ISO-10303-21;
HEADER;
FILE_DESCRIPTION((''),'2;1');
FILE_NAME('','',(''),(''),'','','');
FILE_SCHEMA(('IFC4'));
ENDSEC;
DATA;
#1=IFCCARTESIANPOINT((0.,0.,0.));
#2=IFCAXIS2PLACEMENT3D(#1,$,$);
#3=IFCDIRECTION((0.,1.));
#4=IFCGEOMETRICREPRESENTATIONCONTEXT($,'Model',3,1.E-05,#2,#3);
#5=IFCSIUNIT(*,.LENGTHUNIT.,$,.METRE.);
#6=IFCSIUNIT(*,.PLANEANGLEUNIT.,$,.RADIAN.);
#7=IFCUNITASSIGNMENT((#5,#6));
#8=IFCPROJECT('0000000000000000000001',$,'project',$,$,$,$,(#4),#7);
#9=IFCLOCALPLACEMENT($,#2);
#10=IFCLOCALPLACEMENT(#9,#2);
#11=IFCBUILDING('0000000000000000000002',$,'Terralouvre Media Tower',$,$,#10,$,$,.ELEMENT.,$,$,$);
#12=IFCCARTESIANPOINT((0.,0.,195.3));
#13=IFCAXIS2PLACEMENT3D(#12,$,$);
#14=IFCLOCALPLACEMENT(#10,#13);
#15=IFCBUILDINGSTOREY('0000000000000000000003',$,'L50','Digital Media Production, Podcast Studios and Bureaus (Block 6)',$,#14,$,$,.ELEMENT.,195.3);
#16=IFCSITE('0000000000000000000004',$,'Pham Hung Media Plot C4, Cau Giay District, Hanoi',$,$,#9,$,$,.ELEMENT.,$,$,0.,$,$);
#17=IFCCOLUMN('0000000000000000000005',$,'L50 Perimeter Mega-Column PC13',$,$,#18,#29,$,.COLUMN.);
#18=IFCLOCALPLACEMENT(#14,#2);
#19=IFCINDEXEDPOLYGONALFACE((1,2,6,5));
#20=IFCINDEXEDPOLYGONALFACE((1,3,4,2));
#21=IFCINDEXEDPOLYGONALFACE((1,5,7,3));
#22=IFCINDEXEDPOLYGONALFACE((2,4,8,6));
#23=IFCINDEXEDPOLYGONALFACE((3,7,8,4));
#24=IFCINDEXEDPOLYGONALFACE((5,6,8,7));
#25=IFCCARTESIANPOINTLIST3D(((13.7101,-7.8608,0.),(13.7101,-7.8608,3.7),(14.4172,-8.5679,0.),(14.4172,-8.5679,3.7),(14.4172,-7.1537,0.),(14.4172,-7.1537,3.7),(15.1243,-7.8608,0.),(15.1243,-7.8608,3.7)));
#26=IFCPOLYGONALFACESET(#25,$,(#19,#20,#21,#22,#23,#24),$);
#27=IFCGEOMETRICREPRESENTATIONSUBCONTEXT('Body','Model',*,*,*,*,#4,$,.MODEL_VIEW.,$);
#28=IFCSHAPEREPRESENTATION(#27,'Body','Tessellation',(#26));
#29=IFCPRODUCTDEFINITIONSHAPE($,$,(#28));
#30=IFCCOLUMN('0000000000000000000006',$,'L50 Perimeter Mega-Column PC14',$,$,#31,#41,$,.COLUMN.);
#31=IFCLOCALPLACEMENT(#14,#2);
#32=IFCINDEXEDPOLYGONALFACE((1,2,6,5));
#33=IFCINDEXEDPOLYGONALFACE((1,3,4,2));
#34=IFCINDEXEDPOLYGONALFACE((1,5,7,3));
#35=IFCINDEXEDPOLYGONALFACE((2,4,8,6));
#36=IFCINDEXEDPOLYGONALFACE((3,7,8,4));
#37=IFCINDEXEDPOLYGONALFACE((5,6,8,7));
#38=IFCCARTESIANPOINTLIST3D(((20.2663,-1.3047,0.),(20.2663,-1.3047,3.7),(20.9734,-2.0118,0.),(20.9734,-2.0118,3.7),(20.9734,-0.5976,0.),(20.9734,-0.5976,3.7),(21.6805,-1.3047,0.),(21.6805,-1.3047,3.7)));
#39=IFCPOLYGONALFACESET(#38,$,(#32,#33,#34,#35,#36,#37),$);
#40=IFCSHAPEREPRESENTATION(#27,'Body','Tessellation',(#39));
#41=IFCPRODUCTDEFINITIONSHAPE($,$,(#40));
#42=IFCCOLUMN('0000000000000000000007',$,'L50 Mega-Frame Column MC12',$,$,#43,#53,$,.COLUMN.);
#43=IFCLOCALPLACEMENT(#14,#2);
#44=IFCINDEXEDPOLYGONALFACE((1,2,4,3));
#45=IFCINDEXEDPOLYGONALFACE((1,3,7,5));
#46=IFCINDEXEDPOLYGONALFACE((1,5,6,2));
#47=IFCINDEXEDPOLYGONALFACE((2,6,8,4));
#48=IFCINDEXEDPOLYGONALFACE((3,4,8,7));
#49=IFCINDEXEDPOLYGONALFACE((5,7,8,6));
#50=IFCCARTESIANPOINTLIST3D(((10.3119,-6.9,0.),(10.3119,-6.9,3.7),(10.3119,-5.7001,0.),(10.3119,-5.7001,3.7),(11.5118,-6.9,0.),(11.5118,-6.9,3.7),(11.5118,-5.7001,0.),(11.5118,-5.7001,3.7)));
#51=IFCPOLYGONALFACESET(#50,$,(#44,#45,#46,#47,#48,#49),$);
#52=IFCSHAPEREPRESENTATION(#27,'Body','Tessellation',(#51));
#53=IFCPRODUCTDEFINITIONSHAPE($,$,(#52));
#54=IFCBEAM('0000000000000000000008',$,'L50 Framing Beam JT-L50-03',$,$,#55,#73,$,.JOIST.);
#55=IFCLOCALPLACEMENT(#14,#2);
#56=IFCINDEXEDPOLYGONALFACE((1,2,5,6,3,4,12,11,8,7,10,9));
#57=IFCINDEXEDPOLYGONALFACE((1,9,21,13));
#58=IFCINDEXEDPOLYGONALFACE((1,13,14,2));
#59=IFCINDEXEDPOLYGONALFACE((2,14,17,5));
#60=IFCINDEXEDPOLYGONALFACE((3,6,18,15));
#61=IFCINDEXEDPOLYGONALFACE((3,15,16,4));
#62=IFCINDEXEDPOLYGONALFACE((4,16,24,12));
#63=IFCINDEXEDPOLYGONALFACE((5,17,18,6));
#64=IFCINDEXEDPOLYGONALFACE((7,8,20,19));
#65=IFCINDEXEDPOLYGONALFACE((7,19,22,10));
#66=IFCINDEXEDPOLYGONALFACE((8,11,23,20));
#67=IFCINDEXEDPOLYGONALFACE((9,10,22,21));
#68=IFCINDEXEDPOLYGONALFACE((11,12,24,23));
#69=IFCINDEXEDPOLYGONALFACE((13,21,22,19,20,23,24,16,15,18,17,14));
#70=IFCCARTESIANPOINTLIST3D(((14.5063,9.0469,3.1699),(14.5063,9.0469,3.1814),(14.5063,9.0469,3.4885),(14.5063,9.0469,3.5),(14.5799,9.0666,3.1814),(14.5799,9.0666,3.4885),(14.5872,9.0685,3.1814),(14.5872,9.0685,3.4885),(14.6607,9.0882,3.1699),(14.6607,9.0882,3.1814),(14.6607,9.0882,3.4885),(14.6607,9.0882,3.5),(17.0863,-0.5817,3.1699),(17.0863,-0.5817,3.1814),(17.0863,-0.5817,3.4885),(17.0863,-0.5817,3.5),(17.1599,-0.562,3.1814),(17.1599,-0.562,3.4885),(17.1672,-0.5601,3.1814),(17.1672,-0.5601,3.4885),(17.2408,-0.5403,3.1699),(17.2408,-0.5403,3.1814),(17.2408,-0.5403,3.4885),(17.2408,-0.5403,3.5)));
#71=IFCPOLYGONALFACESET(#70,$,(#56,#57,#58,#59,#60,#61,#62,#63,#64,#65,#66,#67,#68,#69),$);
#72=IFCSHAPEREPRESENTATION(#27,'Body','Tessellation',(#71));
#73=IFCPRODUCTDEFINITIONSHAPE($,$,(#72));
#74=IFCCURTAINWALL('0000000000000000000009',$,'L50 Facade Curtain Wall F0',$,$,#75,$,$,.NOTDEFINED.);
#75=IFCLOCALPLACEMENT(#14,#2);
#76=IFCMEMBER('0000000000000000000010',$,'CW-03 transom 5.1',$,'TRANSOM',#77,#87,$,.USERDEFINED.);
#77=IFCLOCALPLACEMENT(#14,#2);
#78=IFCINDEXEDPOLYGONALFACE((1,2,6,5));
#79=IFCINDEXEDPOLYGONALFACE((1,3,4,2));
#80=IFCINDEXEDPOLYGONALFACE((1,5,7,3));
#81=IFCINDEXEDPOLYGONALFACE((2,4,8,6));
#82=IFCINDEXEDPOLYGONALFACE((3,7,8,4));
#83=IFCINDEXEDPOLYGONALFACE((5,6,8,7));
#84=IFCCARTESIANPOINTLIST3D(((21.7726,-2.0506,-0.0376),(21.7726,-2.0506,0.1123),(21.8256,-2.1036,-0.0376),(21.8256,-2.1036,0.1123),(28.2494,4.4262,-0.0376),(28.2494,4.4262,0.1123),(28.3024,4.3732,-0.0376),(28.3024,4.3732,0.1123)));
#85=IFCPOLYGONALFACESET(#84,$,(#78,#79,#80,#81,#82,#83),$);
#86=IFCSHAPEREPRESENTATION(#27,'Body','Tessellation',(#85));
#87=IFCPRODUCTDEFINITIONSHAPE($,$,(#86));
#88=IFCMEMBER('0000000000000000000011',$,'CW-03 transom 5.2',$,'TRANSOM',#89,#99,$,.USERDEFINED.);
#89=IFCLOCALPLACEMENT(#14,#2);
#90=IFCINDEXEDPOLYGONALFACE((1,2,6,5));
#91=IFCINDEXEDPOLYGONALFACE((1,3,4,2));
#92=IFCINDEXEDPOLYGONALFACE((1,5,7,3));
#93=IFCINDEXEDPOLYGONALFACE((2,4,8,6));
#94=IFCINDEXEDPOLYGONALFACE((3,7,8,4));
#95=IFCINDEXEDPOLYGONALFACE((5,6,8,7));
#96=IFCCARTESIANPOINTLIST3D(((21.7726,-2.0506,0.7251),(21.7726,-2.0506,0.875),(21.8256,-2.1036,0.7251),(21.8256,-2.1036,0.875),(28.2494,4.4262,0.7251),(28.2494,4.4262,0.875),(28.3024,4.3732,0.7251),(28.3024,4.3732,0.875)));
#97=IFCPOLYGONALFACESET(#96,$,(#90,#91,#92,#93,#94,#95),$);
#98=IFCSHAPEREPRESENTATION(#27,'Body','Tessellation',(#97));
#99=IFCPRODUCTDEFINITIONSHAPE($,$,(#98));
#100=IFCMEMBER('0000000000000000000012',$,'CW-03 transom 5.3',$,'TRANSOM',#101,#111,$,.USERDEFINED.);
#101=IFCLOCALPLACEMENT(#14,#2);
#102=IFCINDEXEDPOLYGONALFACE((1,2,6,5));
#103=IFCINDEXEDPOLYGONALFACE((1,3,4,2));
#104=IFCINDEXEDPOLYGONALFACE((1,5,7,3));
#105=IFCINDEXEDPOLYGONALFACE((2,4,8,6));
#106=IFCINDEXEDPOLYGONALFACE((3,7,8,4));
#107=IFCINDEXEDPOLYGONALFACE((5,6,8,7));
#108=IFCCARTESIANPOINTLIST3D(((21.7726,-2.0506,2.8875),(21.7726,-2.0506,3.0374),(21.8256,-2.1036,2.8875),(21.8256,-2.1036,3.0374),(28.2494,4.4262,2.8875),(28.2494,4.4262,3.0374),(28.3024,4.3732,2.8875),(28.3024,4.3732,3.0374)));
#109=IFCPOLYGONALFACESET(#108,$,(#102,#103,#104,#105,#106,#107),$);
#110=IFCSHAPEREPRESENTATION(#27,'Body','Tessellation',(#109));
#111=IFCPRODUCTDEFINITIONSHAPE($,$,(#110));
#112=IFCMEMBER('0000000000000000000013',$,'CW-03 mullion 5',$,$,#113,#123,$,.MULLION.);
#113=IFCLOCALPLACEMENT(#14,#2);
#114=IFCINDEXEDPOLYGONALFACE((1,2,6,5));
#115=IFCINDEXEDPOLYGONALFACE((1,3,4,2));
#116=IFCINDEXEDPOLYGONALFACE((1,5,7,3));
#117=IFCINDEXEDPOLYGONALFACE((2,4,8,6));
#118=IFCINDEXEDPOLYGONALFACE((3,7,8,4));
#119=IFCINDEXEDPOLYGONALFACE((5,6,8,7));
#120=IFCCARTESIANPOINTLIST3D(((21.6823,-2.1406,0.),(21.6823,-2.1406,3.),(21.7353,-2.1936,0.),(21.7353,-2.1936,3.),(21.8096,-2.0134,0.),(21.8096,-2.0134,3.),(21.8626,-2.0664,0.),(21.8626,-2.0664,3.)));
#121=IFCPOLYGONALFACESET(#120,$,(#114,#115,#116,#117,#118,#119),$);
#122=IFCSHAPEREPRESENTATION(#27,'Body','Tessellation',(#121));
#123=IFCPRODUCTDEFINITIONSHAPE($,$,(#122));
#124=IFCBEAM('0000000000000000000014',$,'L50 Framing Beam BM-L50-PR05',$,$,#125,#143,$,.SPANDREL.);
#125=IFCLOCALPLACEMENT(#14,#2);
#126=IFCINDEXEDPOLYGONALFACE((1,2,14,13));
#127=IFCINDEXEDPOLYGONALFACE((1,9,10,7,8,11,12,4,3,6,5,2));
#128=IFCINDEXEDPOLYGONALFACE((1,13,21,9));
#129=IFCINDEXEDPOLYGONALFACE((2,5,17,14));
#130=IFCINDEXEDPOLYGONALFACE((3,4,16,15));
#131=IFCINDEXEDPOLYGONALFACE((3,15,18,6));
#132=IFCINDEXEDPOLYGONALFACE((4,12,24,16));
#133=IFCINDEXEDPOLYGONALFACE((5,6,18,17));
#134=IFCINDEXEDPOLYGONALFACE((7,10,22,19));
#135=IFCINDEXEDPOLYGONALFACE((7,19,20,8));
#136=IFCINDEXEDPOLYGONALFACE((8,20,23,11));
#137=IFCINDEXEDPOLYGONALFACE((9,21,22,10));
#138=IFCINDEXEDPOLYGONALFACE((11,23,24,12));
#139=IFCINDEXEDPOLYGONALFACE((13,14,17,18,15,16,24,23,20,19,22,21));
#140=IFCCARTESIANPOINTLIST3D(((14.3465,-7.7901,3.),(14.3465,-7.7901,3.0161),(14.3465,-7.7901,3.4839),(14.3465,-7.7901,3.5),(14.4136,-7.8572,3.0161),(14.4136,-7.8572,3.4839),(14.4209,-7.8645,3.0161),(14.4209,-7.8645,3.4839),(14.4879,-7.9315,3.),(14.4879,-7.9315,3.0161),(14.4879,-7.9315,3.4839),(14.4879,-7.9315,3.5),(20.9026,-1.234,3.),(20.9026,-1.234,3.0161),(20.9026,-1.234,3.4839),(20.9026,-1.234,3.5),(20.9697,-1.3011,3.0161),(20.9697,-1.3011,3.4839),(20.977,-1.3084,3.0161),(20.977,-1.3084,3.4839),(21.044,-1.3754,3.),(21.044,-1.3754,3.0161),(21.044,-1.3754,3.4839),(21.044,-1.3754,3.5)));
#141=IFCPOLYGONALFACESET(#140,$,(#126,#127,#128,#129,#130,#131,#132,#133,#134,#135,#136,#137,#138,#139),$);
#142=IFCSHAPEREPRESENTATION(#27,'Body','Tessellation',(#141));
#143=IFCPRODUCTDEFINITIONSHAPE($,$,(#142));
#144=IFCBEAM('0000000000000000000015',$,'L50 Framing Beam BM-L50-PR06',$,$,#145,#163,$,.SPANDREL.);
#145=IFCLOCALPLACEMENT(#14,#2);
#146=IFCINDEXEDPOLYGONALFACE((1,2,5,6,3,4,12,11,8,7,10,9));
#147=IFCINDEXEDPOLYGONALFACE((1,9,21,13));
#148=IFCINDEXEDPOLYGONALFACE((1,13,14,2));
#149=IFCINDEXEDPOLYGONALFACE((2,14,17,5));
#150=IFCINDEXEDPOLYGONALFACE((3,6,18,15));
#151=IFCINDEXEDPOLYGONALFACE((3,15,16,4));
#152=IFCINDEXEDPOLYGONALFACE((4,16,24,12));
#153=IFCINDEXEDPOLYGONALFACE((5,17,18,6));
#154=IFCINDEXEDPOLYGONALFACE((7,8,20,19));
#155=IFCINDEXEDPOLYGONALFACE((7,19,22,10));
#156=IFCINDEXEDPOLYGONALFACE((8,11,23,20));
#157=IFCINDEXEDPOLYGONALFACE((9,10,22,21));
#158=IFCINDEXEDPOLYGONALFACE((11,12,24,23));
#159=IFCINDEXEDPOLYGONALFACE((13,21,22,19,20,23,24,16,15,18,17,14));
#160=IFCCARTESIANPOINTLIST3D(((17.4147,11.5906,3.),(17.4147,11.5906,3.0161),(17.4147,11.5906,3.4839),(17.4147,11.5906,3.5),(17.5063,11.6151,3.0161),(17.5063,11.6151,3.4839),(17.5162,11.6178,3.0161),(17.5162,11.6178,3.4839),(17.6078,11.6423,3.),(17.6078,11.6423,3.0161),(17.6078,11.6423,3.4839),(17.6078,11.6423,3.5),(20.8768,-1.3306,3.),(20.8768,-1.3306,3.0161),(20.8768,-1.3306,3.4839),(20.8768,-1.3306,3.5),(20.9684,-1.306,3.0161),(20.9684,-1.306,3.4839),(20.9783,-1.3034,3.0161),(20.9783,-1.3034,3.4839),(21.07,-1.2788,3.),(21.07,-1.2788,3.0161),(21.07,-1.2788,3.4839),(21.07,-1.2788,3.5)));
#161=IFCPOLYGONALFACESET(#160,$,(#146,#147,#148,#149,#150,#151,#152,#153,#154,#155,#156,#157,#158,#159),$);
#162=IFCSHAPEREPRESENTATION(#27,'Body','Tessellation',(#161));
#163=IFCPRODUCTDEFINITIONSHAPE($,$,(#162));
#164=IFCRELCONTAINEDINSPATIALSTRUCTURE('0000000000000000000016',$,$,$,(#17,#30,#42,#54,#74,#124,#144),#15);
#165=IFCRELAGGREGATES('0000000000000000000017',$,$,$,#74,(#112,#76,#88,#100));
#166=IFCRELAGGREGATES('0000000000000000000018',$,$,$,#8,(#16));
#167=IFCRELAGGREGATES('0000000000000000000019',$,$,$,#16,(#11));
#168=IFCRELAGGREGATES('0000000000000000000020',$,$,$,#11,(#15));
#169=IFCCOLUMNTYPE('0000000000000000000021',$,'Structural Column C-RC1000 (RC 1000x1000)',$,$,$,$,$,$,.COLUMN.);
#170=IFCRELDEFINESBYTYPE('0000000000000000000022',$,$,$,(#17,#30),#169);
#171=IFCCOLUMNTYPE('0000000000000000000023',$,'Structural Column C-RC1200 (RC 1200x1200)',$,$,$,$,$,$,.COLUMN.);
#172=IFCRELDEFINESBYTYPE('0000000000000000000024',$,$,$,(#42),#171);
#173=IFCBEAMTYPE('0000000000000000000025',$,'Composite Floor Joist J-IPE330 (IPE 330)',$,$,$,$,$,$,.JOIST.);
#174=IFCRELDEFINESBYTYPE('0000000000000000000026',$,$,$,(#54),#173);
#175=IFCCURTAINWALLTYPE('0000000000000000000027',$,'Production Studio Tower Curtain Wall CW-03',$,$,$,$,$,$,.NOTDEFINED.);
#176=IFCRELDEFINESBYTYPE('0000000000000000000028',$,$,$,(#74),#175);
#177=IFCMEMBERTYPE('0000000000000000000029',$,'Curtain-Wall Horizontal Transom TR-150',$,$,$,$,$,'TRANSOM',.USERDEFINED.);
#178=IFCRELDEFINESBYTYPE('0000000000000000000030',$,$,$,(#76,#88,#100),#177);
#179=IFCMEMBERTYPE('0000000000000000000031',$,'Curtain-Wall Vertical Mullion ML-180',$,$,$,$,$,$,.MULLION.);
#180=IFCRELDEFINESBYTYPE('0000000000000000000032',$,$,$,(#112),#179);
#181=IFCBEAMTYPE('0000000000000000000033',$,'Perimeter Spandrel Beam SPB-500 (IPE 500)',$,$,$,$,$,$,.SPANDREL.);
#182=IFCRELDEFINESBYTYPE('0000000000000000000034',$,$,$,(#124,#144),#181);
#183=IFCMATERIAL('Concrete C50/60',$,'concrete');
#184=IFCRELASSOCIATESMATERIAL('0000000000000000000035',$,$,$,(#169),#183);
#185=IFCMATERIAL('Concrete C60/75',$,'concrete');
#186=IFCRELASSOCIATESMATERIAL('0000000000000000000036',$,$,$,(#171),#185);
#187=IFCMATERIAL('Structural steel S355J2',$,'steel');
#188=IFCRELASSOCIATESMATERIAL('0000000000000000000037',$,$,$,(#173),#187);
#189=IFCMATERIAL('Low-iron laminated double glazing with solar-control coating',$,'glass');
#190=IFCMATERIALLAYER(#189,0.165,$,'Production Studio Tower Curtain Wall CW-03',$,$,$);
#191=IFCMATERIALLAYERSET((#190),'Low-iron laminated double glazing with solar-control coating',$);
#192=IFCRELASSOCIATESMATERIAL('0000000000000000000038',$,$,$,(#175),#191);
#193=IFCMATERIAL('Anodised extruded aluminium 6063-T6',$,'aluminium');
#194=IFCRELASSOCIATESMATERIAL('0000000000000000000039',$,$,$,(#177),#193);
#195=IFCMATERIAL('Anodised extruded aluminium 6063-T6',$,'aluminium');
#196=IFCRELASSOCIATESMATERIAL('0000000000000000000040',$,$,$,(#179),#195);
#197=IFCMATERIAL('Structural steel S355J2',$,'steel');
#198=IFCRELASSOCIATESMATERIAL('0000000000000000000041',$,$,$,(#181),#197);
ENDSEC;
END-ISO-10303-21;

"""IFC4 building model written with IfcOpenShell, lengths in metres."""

from ifc_helpers import new_model, si_unit, direction, frame, origin, origin_2d, place, context, subcontext, project, spatial, rectangle, i_section, extrude, material, layer, layer_set, material_profile, profile_set, type_object, element, aggregate, save


model = new_model("IFC4")

# Units and contexts
model_context = context("Model", 3, precision=1e-05, world=origin(), true_north=direction((0.0, 1.0)))
body_context = subcontext(model_context, "Body", "Model", "MODEL_VIEW")
ifc_project = project(units=[si_unit("LENGTHUNIT", "METRE"), si_unit("PLANEANGLEUNIT", "RADIAN")], contexts=[model_context])

# Site, building, storey
site_placement = place(None, origin())
site = spatial("IfcSite", under=ifc_project, at=site_placement, Name="Pham Hung Media Plot C4, Cau Giay District, Hanoi", CompositionType="ELEMENT", RefElevation=0.0)
building_placement = place(site_placement, origin())
building = spatial("IfcBuilding", under=site, at=building_placement, Name="Terralouvre Media Tower", CompositionType="ELEMENT")
storey_placement = place(building_placement, frame((0.0, 0.0, 195.3)))
storey = spatial("IfcBuildingStorey", under=building, at=storey_placement, Name="L50", Description="Digital Media Production, Podcast Studios and Bureaus (Block 6)", CompositionType="ELEMENT", Elevation=195.3)

# Columns
ifc_material_1 = material(Name="Concrete C50/60", Category="concrete")
ifc_material_profile_1 = material_profile(ifc_material_1, rectangle(XDim=1.0, YDim=1.0, at=origin_2d()), Name="RC 1000x1000")
ifc_profile_set_1 = profile_set([ifc_material_profile_1], Name="Concrete C50/60")
column_type_1 = type_object("IfcColumnType", Name="Structural Column C-RC1000 (RC 1000x1000)", PredefinedType="COLUMN", material=ifc_profile_set_1)
for number, where, z_axis, x_axis, name in (
    (1, (14.4172, -7.8608, 0.0), (0.0, 0.0, 1.0), (0.707107, 0.707107, 0.0), "L50 Perimeter Mega-Column PC13"),
    (2, (20.9734, -1.3047, 0.0), (0.0, 0.0, 1.0), (0.707107, 0.707107, 0.0), "L50 Perimeter Mega-Column PC14"),
):
    element("IfcColumn", number, at=place(storey_placement, frame(where, z_axis=z_axis, x_axis=x_axis)), inside=storey, type_object=column_type_1, Name=name, PredefinedType="COLUMN", context=body_context, shape_type="SweptSolid", body=[
        extrude(rectangle(XDim=1.0, YDim=1.0, at=origin_2d()), origin(), (0.0, 0.0, 1.0), 3.7),
    ])
ifc_material_2 = material(Name="Concrete C60/75", Category="concrete")
ifc_material_profile_2 = material_profile(ifc_material_2, rectangle(XDim=1.2, YDim=1.2, at=origin_2d()), Name="RC 1200x1200")
ifc_profile_set_2 = profile_set([ifc_material_profile_2], Name="Concrete C60/75")
column_type_2 = type_object("IfcColumnType", Name="Structural Column C-RC1200 (RC 1200x1200)", PredefinedType="COLUMN", material=ifc_profile_set_2)
column_placement = place(storey_placement, frame((10.9119, -6.3, 0.0), z_axis=(0.0, 0.0, 1.0), x_axis=(1.0, 0.0, 0.0)))
element("IfcColumn", 3, at=column_placement, inside=storey, type_object=column_type_2, Name="L50 Mega-Frame Column MC12", PredefinedType="COLUMN", context=body_context, shape_type="SweptSolid", body=[
    extrude(rectangle(XDim=1.2, YDim=1.2, at=origin_2d()), origin(), (0.0, 0.0, 1.0), 3.7),
])

# Beam
ifc_material_3 = material(Name="Structural steel S355J2", Category="steel")
ifc_material_profile_3 = material_profile(ifc_material_3, i_section(OverallWidth=0.1599, OverallDepth=0.3301, WebThickness=0.0076, FlangeThickness=0.0115, at=origin_2d()), Name="IPE 330")
ifc_profile_set_3 = profile_set([ifc_material_profile_3], Name="Structural steel S355J2")
beam_type_1 = type_object("IfcBeamType", Name="Composite Floor Joist J-IPE330 (IPE 330)", PredefinedType="JOIST", material=ifc_profile_set_3)
beam_1_placement = place(storey_placement, frame((17.1636, -0.561, 3.335), z_axis=(-0.258827, 0.965924, 0.0), x_axis=(-0.965924, -0.258827, 0.0)))
element("IfcBeam", 4, at=beam_1_placement, inside=storey, type_object=beam_type_1, Name="L50 Framing Beam JT-L50-03", PredefinedType="JOIST", context=body_context, shape_type="SweptSolid", body=[
    extrude(i_section(OverallWidth=0.1599, OverallDepth=0.3301, WebThickness=0.0076, FlangeThickness=0.0115, at=origin_2d()), origin(), (0.0, 0.0, 1.0), 9.9683),
])

# Curtain wall, members
ifc_material_4 = material(Name="Low-iron laminated double glazing with solar-control coating", Category="glass")
ifc_layer_1 = layer(ifc_material_4, 0.165, Name="Production Studio Tower Curtain Wall CW-03")
ifc_layer_set_1 = layer_set([ifc_layer_1], Name="Low-iron laminated double glazing with solar-control coating")
curtain_wall_type = type_object("IfcCurtainWallType", Name="Production Studio Tower Curtain Wall CW-03", PredefinedType="NOTDEFINED", material=ifc_layer_set_1)
curtain_wall_placement = place(storey_placement, origin())
curtain_wall = element("IfcCurtainWall", 5, at=curtain_wall_placement, inside=storey, type_object=curtain_wall_type, Name="L50 Facade Curtain Wall F0", PredefinedType="NOTDEFINED")
ifc_material_5 = material(Name="Anodised extruded aluminium 6063-T6", Category="aluminium")
ifc_material_profile_4 = material_profile(ifc_material_5, rectangle(XDim=0.075, YDim=0.1499, at=origin_2d()), Name="ALU 75x150")
ifc_profile_set_4 = profile_set([ifc_material_profile_4], Name="Anodised extruded aluminium 6063-T6")
member_type_1 = type_object("IfcMemberType", Name="Curtain-Wall Horizontal Transom TR-150", ElementType="TRANSOM", PredefinedType="USERDEFINED", material=ifc_profile_set_4)
member_1_placement = place(storey_placement, frame((21.7991, -2.0771, 0.0374), z_axis=(0.707107, 0.707107, 0.0), x_axis=(-0.707107, 0.707107, 0.0)))
member_1 = element("IfcMember", 6, at=member_1_placement, type_object=member_type_1, Name="CW-03 transom 5.1", ObjectType="TRANSOM", PredefinedType="USERDEFINED", context=body_context, shape_type="SweptSolid", body=[
    extrude(rectangle(XDim=0.075, YDim=0.1499, at=origin_2d()), origin(), (0.0, 0.0, 1.0), 9.1597),
])
member_2_placement = place(storey_placement, frame((21.7991, -2.0771, 0.8), z_axis=(0.707107, 0.707107, 0.0), x_axis=(-0.707107, 0.707107, 0.0)))
member_2 = element("IfcMember", 7, at=member_2_placement, type_object=member_type_1, Name="CW-03 transom 5.2", ObjectType="TRANSOM", PredefinedType="USERDEFINED", context=body_context, shape_type="SweptSolid", body=[
    extrude(rectangle(XDim=0.075, YDim=0.1499, at=origin_2d()), origin(), (0.0, 0.0, 1.0), 9.1597),
])
member_3_placement = place(storey_placement, frame((21.7991, -2.0771, 2.9624), z_axis=(0.707107, 0.707107, 0.0), x_axis=(-0.707107, 0.707107, 0.0)))
member_3 = element("IfcMember", 8, at=member_3_placement, type_object=member_type_1, Name="CW-03 transom 5.3", ObjectType="TRANSOM", PredefinedType="USERDEFINED", context=body_context, shape_type="SweptSolid", body=[
    extrude(rectangle(XDim=0.075, YDim=0.1499, at=origin_2d()), origin(), (0.0, 0.0, 1.0), 9.1597),
])
ifc_material_6 = material(Name="Anodised extruded aluminium 6063-T6", Category="aluminium")
ifc_material_profile_5 = material_profile(ifc_material_6, rectangle(XDim=0.075, YDim=0.1799, at=origin_2d()), Name="ALU 75x180")
ifc_profile_set_5 = profile_set([ifc_material_profile_5], Name="Anodised extruded aluminium 6063-T6")
member_type_2 = type_object("IfcMemberType", Name="Curtain-Wall Vertical Mullion ML-180", PredefinedType="MULLION", material=ifc_profile_set_5)
member_4_placement = place(storey_placement, frame((21.7725, -2.1035, 0.0), z_axis=(0.0, 0.0, 1.0), x_axis=(-0.707107, 0.707107, 0.0)))
member_4 = element("IfcMember", 9, at=member_4_placement, type_object=member_type_2, Name="CW-03 mullion 5", PredefinedType="MULLION", context=body_context, shape_type="SweptSolid", body=[
    extrude(rectangle(XDim=0.075, YDim=0.1799, at=origin_2d()), origin(), (0.0, 0.0, 1.0), 3.0),
])

# Beams
ifc_material_7 = material(Name="Structural steel S355J2", Category="steel")
ifc_material_profile_6 = material_profile(ifc_material_7, i_section(OverallWidth=0.2, OverallDepth=0.5, WebThickness=0.0103, FlangeThickness=0.0161, at=origin_2d()), Name="IPE 500")
ifc_profile_set_6 = profile_set([ifc_material_profile_6], Name="Structural steel S355J2")
beam_type_2 = type_object("IfcBeamType", Name="Perimeter Spandrel Beam SPB-500 (IPE 500)", PredefinedType="SPANDREL", material=ifc_profile_set_6)
beam_2_placement = place(storey_placement, frame((14.4172, -7.8608, 3.25), z_axis=(0.707107, 0.707107, 0.0), x_axis=(-0.707107, 0.707107, 0.0)))
element("IfcBeam", 10, at=beam_2_placement, inside=storey, type_object=beam_type_2, Name="L50 Framing Beam BM-L50-PR05", PredefinedType="SPANDREL", context=body_context, shape_type="SweptSolid", body=[
    extrude(i_section(OverallWidth=0.2, OverallDepth=0.5, WebThickness=0.0103, FlangeThickness=0.0161, at=origin_2d()), origin(), (0.0, 0.0, 1.0), 9.2717),
])
beam_3_placement = place(storey_placement, frame((20.9734, -1.3047, 3.25), z_axis=(-0.258815, 0.965927, 0.0), x_axis=(-0.965927, -0.258815, 0.0)))
element("IfcBeam", 11, at=beam_3_placement, inside=storey, type_object=beam_type_2, Name="L50 Framing Beam BM-L50-PR06", PredefinedType="SPANDREL", context=body_context, shape_type="SweptSolid", body=[
    extrude(i_section(OverallWidth=0.2, OverallDepth=0.5, WebThickness=0.0103, FlangeThickness=0.0161, at=origin_2d()), origin(), (0.0, 0.0, 1.0), 13.377),
])

aggregate(curtain_wall, [member_4, member_1, member_2, member_3])

save(model, "model.ifc")
